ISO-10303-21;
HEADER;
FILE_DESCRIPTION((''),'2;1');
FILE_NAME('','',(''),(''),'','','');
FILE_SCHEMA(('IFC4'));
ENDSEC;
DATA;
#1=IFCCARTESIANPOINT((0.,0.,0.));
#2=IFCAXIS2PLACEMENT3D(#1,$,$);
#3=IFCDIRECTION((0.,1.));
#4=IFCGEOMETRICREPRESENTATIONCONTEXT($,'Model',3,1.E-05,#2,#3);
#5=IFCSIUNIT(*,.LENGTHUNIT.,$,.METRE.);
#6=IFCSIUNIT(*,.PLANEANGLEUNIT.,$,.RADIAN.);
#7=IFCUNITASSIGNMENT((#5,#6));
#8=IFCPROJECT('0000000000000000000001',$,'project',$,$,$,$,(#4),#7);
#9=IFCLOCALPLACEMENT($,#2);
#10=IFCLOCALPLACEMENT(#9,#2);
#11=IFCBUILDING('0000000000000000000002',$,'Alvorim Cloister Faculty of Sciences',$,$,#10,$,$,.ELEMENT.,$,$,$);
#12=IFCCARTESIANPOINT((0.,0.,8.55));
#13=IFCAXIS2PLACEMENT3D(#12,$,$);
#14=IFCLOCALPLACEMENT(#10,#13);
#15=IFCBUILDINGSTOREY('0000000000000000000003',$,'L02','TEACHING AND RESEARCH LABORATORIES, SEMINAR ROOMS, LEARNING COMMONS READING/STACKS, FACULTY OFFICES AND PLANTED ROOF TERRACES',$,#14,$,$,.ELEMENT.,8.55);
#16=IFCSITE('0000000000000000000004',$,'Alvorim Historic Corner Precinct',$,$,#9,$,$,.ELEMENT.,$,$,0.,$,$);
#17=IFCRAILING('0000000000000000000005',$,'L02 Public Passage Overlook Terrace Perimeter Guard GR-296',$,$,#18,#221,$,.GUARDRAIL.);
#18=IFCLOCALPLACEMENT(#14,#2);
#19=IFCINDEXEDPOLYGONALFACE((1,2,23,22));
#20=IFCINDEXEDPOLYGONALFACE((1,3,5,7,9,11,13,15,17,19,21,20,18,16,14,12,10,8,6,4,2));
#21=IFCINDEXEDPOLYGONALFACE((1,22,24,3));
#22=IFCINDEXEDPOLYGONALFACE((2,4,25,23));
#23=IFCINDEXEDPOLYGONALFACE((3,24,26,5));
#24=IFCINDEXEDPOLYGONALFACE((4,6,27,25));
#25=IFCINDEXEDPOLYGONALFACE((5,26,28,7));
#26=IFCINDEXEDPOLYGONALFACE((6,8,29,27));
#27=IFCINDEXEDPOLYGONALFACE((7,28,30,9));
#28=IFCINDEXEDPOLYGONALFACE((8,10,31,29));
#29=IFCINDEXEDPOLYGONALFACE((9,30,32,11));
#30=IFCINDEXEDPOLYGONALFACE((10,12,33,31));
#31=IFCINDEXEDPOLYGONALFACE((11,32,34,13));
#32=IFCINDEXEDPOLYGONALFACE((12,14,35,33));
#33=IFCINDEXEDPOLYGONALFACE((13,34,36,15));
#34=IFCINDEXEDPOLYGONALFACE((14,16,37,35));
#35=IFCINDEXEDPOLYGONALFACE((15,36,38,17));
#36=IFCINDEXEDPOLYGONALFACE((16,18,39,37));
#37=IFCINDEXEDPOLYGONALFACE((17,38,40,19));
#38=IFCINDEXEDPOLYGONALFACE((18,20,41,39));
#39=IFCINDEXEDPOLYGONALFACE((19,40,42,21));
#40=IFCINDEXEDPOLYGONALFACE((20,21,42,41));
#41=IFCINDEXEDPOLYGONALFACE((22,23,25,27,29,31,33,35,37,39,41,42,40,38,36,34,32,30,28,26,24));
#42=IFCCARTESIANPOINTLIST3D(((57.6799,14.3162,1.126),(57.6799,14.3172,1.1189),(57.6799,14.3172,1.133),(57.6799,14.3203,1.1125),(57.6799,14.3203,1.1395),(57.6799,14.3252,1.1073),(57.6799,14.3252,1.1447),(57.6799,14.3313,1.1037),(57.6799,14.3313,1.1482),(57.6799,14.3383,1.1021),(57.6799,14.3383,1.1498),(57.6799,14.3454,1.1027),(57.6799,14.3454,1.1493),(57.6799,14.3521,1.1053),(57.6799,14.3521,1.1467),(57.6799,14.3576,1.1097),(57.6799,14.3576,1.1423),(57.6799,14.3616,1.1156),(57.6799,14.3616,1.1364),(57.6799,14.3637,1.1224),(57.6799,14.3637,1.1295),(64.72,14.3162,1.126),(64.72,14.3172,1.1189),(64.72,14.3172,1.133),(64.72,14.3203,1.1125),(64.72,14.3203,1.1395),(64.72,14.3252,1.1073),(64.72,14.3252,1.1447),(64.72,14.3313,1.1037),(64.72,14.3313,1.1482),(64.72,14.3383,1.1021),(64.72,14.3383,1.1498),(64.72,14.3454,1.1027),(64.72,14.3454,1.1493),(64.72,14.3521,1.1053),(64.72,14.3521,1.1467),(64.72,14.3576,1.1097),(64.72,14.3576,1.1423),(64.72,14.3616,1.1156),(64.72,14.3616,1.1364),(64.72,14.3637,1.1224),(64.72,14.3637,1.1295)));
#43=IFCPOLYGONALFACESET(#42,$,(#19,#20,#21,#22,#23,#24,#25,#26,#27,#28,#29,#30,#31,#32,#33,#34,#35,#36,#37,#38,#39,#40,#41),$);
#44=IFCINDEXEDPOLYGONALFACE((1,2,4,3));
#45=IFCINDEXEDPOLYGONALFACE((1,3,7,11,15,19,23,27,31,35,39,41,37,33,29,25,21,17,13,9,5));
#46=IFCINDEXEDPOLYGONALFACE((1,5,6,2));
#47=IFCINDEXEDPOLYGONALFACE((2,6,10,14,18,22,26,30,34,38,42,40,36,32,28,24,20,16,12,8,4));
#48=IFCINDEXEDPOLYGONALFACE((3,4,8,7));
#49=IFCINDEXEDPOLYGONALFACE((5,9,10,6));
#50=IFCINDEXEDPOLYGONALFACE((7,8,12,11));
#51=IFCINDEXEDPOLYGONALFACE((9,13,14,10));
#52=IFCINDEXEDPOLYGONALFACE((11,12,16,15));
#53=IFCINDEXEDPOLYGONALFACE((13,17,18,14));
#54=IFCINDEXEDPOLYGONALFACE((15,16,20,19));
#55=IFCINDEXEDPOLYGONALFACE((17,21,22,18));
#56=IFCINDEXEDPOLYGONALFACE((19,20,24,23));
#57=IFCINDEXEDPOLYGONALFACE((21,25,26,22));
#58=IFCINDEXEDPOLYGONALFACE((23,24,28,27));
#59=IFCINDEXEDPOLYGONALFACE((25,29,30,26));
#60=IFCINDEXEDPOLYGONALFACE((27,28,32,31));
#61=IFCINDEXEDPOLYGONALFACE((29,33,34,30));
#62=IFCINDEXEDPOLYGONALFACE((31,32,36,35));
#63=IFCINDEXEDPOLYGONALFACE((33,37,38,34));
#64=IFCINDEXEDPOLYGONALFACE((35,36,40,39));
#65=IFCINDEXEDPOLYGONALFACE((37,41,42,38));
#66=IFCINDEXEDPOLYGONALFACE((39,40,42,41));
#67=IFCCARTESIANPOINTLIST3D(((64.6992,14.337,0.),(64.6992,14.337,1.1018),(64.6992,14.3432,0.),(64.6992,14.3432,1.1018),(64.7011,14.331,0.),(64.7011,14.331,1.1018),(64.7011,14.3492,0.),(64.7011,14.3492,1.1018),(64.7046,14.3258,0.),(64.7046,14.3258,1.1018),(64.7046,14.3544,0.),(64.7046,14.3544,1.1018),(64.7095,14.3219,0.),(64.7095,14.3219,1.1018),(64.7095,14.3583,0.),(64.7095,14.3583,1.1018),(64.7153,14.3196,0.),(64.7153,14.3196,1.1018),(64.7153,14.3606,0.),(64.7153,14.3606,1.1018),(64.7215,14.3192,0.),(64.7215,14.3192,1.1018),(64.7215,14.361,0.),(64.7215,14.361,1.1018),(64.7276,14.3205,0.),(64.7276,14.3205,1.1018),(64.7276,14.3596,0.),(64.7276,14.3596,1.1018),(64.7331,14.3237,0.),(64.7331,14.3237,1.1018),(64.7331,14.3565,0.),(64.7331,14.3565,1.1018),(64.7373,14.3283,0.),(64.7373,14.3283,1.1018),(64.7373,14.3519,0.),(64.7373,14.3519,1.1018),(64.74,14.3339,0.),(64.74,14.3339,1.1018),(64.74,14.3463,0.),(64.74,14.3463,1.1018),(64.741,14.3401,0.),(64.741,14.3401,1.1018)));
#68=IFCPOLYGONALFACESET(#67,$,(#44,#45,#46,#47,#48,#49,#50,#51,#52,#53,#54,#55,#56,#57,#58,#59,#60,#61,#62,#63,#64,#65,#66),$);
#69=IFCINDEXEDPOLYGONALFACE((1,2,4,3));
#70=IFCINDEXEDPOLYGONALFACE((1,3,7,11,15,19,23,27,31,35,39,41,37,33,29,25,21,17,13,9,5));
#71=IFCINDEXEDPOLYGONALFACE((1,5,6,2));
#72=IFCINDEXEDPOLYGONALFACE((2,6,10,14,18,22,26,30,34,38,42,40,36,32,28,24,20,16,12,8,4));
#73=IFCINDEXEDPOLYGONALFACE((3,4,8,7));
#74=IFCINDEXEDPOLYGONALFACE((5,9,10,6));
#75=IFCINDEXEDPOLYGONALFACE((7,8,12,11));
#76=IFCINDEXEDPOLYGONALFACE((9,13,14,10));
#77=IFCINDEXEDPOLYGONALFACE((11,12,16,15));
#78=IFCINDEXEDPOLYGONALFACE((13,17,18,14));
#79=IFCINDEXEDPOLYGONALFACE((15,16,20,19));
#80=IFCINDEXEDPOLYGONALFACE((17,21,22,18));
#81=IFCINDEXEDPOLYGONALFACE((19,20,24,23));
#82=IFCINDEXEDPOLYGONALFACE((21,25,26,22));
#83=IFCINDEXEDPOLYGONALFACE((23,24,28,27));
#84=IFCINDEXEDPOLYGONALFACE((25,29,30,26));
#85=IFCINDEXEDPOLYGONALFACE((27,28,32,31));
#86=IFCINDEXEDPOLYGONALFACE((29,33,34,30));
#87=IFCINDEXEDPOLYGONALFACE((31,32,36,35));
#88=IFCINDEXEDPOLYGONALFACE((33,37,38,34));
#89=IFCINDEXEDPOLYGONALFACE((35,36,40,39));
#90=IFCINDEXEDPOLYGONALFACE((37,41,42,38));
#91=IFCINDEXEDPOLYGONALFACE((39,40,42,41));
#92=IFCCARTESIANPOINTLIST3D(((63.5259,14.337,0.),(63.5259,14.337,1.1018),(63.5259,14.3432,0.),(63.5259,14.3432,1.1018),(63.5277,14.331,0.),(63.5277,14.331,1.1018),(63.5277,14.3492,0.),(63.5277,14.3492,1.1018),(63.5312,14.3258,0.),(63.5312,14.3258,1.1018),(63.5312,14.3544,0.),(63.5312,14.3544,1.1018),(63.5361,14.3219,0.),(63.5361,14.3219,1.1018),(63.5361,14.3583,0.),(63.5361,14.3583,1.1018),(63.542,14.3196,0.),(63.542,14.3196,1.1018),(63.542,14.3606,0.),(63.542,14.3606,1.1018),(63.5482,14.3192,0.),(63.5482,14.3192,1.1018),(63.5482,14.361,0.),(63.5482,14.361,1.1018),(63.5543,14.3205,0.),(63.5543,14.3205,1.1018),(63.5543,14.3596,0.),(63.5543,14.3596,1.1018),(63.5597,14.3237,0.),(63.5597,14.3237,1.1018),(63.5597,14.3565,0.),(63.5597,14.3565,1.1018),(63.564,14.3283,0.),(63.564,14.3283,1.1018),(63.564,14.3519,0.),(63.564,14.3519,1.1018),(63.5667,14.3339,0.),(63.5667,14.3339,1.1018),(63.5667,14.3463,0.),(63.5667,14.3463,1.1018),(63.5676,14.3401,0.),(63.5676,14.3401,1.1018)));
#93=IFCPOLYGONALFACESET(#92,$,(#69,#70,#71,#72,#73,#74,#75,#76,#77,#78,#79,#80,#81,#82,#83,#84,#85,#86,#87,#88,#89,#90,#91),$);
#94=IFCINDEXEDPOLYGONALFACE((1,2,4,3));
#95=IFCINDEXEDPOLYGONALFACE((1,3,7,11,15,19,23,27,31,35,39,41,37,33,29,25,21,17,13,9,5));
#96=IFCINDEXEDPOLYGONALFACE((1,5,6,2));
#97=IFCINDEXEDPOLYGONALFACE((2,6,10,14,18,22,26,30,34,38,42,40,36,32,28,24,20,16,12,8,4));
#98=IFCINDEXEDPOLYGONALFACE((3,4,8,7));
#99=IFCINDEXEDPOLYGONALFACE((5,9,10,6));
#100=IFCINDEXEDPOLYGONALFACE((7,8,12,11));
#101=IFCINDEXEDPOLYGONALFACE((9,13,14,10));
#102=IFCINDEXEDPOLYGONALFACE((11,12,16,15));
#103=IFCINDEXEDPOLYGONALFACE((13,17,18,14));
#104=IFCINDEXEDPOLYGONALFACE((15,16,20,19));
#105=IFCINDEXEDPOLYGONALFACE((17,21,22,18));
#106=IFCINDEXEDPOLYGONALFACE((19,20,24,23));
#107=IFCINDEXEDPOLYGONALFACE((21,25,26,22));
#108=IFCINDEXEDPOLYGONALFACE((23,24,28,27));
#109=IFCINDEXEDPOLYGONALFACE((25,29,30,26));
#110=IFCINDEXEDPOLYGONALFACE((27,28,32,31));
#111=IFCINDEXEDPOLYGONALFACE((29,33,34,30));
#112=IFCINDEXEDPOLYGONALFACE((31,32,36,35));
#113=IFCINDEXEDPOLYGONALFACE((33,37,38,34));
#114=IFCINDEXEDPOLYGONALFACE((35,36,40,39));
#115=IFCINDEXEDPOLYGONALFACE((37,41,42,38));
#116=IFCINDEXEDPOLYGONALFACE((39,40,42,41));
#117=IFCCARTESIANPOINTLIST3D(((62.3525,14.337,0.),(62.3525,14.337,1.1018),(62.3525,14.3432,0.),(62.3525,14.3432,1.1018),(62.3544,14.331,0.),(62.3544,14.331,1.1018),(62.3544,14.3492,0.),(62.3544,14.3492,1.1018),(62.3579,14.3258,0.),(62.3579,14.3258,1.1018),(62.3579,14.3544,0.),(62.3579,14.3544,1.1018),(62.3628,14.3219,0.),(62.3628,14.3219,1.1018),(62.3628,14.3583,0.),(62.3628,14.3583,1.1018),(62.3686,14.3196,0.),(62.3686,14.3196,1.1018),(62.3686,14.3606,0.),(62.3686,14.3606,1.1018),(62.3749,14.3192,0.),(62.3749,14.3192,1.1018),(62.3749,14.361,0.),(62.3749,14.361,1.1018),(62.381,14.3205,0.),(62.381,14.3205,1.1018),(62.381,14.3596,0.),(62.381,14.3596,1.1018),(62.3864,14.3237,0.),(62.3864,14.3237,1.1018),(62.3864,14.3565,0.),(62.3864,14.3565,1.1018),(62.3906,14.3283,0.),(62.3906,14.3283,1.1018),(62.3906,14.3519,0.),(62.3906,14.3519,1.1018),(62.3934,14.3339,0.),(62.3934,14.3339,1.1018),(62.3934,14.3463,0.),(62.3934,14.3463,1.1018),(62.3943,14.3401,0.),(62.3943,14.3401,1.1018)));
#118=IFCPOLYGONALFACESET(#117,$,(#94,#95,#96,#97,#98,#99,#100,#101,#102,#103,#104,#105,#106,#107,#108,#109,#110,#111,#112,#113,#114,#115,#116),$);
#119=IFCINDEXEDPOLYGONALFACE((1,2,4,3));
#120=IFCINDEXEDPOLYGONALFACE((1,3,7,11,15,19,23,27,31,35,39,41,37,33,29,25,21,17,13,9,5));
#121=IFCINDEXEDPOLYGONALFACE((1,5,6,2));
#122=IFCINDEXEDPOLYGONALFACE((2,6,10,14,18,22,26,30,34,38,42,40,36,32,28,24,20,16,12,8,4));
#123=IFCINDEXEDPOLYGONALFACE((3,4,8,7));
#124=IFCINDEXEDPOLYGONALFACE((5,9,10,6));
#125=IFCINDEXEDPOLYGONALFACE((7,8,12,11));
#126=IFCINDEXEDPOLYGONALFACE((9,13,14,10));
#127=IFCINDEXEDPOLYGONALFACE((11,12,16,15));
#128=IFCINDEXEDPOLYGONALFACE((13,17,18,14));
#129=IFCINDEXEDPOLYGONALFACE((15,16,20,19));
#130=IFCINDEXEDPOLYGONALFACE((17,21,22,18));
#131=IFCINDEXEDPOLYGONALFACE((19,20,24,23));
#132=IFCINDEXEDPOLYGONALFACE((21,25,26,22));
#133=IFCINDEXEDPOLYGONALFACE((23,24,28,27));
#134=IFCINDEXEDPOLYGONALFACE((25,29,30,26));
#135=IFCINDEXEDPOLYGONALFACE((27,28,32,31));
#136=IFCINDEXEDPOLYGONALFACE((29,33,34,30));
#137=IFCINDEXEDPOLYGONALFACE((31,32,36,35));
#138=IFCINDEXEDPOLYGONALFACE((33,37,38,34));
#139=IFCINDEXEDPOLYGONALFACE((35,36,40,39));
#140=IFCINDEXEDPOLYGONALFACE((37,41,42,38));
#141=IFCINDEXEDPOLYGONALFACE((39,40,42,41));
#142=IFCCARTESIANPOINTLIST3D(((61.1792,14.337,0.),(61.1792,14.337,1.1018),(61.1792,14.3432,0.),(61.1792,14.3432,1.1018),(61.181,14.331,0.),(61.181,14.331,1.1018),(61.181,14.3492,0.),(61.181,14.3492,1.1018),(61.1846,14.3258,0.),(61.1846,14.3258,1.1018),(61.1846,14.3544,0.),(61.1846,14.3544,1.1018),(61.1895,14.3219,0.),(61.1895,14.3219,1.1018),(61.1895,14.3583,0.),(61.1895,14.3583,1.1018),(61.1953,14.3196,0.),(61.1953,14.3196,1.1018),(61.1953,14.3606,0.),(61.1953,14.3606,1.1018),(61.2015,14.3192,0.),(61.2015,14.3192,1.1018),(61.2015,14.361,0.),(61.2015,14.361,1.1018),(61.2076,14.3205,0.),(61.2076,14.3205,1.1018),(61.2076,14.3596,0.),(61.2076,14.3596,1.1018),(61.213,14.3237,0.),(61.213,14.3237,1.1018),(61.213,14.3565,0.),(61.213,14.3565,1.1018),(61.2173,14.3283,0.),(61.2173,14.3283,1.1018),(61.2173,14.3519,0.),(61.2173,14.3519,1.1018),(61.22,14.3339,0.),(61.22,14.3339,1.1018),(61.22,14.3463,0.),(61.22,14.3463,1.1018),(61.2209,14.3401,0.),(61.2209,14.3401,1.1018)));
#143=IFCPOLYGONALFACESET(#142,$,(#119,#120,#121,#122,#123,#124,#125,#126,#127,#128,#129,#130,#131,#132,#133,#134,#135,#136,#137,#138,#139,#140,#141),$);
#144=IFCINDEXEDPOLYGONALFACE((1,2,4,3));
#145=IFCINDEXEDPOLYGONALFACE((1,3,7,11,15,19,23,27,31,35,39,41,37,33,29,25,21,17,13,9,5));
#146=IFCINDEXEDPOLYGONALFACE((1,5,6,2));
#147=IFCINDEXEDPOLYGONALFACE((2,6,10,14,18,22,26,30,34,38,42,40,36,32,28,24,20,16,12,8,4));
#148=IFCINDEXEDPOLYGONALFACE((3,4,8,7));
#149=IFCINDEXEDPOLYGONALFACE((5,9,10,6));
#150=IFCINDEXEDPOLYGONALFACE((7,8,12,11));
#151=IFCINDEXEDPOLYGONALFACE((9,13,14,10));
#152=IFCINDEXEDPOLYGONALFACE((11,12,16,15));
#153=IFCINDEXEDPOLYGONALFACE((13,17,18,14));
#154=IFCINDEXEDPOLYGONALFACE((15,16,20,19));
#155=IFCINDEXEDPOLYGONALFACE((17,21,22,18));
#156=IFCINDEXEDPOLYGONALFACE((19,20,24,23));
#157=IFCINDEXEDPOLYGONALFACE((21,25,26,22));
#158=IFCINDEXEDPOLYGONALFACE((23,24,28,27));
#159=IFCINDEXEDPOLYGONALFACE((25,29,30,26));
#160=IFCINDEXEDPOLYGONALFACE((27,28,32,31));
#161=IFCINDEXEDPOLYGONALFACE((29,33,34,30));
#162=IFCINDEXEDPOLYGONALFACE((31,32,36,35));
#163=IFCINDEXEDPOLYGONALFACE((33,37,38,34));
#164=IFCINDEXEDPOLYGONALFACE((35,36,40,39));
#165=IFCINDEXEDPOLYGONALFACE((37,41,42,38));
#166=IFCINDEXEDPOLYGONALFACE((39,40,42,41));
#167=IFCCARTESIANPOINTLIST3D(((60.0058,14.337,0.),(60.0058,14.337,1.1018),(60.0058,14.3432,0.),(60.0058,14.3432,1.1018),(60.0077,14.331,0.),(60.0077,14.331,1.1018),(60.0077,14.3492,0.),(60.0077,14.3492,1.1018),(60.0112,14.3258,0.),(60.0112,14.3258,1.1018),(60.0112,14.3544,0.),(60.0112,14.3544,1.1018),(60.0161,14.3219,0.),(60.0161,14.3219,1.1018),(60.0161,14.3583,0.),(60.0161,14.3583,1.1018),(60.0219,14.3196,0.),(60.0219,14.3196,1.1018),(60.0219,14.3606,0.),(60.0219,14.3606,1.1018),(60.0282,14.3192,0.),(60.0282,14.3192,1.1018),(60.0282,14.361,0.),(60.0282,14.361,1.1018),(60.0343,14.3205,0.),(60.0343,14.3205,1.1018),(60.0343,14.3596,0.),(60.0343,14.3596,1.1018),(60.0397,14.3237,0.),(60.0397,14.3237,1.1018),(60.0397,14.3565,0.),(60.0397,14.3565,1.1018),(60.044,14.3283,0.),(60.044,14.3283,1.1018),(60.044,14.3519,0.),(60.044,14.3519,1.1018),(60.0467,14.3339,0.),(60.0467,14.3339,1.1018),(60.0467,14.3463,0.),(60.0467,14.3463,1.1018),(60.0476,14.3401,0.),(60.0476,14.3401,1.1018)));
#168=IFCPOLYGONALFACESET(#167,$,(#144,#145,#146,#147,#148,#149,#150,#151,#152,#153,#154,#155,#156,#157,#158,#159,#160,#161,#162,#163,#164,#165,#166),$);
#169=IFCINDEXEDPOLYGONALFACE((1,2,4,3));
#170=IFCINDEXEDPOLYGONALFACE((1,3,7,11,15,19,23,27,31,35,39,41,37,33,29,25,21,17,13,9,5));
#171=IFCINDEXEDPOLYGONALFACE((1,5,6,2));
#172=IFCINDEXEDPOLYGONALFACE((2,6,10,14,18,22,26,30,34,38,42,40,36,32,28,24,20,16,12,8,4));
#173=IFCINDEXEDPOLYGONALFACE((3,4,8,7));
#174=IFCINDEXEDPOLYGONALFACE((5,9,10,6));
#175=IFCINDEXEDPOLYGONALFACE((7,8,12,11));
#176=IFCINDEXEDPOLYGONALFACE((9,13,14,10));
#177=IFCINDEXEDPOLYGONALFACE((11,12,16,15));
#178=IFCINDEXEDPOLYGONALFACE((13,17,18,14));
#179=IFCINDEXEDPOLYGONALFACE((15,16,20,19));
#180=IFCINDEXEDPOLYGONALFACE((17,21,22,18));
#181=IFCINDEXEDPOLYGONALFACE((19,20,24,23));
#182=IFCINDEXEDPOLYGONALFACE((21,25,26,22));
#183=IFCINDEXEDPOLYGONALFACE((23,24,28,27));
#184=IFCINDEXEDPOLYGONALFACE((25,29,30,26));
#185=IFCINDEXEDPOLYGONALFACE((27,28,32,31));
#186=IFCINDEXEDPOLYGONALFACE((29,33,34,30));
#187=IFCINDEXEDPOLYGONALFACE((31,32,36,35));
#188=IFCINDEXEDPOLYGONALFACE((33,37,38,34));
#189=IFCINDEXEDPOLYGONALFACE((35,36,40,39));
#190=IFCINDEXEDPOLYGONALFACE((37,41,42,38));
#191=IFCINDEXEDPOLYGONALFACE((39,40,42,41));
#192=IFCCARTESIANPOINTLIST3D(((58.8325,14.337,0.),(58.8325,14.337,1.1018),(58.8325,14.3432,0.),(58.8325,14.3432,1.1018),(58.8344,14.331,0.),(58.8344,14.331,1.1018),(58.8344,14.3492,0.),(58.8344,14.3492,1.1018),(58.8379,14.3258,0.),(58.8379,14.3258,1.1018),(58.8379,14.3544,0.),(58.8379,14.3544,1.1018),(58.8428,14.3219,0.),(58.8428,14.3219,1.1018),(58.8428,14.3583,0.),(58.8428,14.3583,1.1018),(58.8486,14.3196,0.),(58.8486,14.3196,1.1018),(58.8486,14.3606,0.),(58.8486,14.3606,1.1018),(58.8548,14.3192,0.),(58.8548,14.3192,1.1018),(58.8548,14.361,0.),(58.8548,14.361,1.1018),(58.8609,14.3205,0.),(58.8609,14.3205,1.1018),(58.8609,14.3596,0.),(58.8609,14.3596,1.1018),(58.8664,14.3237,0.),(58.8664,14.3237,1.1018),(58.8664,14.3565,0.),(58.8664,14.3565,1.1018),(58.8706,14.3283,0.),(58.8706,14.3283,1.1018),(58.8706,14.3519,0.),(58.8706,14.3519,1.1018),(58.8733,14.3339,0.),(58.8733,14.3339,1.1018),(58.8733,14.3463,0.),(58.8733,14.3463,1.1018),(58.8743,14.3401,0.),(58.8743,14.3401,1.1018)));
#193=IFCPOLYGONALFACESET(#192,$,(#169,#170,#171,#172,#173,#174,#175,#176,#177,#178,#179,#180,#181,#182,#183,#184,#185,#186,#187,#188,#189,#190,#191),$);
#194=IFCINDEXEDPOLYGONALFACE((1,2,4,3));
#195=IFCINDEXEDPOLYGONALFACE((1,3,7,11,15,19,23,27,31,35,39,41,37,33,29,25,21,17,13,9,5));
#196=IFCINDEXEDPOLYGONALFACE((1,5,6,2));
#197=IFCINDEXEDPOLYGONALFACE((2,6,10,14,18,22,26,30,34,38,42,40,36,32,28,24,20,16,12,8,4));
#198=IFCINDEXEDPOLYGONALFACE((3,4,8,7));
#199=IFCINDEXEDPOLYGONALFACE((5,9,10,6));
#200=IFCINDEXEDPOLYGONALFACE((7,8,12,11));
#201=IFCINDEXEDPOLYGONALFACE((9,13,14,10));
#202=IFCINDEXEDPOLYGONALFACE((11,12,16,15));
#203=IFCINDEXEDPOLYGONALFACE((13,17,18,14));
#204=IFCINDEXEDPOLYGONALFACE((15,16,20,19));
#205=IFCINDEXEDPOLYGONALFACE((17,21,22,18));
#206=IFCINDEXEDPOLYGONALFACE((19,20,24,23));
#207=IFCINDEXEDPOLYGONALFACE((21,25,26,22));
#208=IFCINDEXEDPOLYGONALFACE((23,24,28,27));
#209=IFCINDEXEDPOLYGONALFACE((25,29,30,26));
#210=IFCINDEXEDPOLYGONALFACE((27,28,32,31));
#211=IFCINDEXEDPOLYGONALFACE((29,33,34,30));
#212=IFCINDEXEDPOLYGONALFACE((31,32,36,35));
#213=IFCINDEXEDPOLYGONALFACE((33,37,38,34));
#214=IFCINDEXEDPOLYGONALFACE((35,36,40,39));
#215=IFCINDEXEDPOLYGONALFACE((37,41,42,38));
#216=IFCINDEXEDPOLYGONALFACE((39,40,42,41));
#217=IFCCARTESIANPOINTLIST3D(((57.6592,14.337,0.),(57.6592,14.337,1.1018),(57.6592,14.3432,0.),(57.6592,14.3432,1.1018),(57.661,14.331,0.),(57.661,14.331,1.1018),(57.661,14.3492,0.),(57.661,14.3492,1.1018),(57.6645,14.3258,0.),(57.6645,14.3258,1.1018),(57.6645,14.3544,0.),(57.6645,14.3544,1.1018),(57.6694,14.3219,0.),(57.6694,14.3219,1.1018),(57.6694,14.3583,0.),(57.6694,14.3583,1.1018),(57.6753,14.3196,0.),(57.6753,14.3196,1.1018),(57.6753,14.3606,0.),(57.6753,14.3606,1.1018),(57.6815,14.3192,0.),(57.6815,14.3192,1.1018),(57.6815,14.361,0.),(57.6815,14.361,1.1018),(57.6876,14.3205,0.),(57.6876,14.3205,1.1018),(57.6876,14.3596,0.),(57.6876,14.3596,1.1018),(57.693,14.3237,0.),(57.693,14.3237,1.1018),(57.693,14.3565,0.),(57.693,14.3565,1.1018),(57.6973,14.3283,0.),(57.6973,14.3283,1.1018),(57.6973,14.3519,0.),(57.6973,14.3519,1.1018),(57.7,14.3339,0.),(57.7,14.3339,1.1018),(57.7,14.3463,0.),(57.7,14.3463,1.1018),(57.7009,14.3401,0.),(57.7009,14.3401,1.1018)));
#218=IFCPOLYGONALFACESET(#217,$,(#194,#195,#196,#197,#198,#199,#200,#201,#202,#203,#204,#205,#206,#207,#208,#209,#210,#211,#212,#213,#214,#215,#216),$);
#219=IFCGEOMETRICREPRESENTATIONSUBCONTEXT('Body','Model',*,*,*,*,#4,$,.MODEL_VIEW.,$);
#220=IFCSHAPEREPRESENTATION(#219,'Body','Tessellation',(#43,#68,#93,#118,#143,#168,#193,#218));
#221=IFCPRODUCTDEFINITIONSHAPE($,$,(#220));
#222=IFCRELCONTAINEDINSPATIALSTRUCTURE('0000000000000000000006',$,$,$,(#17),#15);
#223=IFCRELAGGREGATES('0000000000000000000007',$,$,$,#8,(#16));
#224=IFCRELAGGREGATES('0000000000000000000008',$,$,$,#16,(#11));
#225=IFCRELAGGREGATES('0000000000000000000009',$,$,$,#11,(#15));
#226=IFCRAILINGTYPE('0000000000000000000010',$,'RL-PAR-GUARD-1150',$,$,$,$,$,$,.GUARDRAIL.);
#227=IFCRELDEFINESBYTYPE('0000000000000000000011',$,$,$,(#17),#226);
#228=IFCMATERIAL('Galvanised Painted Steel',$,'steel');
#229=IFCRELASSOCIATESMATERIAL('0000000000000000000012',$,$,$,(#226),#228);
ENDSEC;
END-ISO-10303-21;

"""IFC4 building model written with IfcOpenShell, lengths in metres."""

from ifc_helpers import new_model, si_unit, direction, frame, origin, origin_2d, place, context, subcontext, project, spatial, circle, extrude, material, type_object, element, save


model = new_model("IFC4")

# Units and contexts
model_context = context("Model", 3, precision=1e-05, world=origin(), true_north=direction((0.0, 1.0)))
body_context = subcontext(model_context, "Body", "Model", "MODEL_VIEW")
ifc_project = project(units=[si_unit("LENGTHUNIT", "METRE"), si_unit("PLANEANGLEUNIT", "RADIAN")], contexts=[model_context])

# Site, building, storey
site_placement = place(None, origin())
site = spatial("IfcSite", under=ifc_project, at=site_placement, Name="Alvorim Historic Corner Precinct", CompositionType="ELEMENT", RefElevation=0.0)
building_placement = place(site_placement, origin())
building = spatial("IfcBuilding", under=site, at=building_placement, Name="Alvorim Cloister Faculty of Sciences", CompositionType="ELEMENT")
storey_placement = place(building_placement, frame((0.0, 0.0, 8.55)))
storey = spatial("IfcBuildingStorey", under=building, at=storey_placement, Name="L02", Description="TEACHING AND RESEARCH LABORATORIES, SEMINAR ROOMS, LEARNING COMMONS READING/STACKS, FACULTY OFFICES AND PLANTED ROOF TERRACES", CompositionType="ELEMENT", Elevation=8.55)

# Railing
ifc_material_1 = material(Name="Galvanised Painted Steel", Category="steel")
railing_type = type_object("IfcRailingType", Name="RL-PAR-GUARD-1150", PredefinedType="GUARDRAIL", material=ifc_material_1)
railing_placement = place(storey_placement, frame((64.72, 14.3401, 0.0)))
element("IfcRailing", 1, at=railing_placement, inside=storey, type_object=railing_type, Name="L02 Public Passage Overlook Terrace Perimeter Guard GR-296", PredefinedType="GUARDRAIL", context=body_context, shape_type="SweptSolid", body=[
    extrude(circle(Radius=0.0239, at=origin_2d()), frame((0.0, 0.0, 1.126), z_axis=(-1.0, 0.0, 0.0), x_axis=(0.0, -1.0, 0.0)), (0.0, 0.0, 1.0), 7.04),
    extrude(circle(Radius=0.021, at=origin_2d()), origin(), (0.0, 0.0, 1.0), 1.1018),
    extrude(circle(Radius=0.021, at=origin_2d()), frame((-1.1733, 0.0, 0.0)), (0.0, 0.0, 1.0), 1.1018),
    extrude(circle(Radius=0.021, at=origin_2d()), frame((-2.3467, 0.0, 0.0)), (0.0, 0.0, 1.0), 1.1018),
    extrude(circle(Radius=0.021, at=origin_2d()), frame((-3.52, 0.0, 0.0)), (0.0, 0.0, 1.0), 1.1018),
    extrude(circle(Radius=0.021, at=origin_2d()), frame((-4.6934, 0.0, 0.0)), (0.0, 0.0, 1.0), 1.1018),
    extrude(circle(Radius=0.021, at=origin_2d()), frame((-5.8667, 0.0, 0.0)), (0.0, 0.0, 1.0), 1.1018),
    extrude(circle(Radius=0.021, at=origin_2d()), frame((-7.04, 0.0, 0.0)), (0.0, 0.0, 1.0), 1.1018),
])

save(model, "model.ifc")
